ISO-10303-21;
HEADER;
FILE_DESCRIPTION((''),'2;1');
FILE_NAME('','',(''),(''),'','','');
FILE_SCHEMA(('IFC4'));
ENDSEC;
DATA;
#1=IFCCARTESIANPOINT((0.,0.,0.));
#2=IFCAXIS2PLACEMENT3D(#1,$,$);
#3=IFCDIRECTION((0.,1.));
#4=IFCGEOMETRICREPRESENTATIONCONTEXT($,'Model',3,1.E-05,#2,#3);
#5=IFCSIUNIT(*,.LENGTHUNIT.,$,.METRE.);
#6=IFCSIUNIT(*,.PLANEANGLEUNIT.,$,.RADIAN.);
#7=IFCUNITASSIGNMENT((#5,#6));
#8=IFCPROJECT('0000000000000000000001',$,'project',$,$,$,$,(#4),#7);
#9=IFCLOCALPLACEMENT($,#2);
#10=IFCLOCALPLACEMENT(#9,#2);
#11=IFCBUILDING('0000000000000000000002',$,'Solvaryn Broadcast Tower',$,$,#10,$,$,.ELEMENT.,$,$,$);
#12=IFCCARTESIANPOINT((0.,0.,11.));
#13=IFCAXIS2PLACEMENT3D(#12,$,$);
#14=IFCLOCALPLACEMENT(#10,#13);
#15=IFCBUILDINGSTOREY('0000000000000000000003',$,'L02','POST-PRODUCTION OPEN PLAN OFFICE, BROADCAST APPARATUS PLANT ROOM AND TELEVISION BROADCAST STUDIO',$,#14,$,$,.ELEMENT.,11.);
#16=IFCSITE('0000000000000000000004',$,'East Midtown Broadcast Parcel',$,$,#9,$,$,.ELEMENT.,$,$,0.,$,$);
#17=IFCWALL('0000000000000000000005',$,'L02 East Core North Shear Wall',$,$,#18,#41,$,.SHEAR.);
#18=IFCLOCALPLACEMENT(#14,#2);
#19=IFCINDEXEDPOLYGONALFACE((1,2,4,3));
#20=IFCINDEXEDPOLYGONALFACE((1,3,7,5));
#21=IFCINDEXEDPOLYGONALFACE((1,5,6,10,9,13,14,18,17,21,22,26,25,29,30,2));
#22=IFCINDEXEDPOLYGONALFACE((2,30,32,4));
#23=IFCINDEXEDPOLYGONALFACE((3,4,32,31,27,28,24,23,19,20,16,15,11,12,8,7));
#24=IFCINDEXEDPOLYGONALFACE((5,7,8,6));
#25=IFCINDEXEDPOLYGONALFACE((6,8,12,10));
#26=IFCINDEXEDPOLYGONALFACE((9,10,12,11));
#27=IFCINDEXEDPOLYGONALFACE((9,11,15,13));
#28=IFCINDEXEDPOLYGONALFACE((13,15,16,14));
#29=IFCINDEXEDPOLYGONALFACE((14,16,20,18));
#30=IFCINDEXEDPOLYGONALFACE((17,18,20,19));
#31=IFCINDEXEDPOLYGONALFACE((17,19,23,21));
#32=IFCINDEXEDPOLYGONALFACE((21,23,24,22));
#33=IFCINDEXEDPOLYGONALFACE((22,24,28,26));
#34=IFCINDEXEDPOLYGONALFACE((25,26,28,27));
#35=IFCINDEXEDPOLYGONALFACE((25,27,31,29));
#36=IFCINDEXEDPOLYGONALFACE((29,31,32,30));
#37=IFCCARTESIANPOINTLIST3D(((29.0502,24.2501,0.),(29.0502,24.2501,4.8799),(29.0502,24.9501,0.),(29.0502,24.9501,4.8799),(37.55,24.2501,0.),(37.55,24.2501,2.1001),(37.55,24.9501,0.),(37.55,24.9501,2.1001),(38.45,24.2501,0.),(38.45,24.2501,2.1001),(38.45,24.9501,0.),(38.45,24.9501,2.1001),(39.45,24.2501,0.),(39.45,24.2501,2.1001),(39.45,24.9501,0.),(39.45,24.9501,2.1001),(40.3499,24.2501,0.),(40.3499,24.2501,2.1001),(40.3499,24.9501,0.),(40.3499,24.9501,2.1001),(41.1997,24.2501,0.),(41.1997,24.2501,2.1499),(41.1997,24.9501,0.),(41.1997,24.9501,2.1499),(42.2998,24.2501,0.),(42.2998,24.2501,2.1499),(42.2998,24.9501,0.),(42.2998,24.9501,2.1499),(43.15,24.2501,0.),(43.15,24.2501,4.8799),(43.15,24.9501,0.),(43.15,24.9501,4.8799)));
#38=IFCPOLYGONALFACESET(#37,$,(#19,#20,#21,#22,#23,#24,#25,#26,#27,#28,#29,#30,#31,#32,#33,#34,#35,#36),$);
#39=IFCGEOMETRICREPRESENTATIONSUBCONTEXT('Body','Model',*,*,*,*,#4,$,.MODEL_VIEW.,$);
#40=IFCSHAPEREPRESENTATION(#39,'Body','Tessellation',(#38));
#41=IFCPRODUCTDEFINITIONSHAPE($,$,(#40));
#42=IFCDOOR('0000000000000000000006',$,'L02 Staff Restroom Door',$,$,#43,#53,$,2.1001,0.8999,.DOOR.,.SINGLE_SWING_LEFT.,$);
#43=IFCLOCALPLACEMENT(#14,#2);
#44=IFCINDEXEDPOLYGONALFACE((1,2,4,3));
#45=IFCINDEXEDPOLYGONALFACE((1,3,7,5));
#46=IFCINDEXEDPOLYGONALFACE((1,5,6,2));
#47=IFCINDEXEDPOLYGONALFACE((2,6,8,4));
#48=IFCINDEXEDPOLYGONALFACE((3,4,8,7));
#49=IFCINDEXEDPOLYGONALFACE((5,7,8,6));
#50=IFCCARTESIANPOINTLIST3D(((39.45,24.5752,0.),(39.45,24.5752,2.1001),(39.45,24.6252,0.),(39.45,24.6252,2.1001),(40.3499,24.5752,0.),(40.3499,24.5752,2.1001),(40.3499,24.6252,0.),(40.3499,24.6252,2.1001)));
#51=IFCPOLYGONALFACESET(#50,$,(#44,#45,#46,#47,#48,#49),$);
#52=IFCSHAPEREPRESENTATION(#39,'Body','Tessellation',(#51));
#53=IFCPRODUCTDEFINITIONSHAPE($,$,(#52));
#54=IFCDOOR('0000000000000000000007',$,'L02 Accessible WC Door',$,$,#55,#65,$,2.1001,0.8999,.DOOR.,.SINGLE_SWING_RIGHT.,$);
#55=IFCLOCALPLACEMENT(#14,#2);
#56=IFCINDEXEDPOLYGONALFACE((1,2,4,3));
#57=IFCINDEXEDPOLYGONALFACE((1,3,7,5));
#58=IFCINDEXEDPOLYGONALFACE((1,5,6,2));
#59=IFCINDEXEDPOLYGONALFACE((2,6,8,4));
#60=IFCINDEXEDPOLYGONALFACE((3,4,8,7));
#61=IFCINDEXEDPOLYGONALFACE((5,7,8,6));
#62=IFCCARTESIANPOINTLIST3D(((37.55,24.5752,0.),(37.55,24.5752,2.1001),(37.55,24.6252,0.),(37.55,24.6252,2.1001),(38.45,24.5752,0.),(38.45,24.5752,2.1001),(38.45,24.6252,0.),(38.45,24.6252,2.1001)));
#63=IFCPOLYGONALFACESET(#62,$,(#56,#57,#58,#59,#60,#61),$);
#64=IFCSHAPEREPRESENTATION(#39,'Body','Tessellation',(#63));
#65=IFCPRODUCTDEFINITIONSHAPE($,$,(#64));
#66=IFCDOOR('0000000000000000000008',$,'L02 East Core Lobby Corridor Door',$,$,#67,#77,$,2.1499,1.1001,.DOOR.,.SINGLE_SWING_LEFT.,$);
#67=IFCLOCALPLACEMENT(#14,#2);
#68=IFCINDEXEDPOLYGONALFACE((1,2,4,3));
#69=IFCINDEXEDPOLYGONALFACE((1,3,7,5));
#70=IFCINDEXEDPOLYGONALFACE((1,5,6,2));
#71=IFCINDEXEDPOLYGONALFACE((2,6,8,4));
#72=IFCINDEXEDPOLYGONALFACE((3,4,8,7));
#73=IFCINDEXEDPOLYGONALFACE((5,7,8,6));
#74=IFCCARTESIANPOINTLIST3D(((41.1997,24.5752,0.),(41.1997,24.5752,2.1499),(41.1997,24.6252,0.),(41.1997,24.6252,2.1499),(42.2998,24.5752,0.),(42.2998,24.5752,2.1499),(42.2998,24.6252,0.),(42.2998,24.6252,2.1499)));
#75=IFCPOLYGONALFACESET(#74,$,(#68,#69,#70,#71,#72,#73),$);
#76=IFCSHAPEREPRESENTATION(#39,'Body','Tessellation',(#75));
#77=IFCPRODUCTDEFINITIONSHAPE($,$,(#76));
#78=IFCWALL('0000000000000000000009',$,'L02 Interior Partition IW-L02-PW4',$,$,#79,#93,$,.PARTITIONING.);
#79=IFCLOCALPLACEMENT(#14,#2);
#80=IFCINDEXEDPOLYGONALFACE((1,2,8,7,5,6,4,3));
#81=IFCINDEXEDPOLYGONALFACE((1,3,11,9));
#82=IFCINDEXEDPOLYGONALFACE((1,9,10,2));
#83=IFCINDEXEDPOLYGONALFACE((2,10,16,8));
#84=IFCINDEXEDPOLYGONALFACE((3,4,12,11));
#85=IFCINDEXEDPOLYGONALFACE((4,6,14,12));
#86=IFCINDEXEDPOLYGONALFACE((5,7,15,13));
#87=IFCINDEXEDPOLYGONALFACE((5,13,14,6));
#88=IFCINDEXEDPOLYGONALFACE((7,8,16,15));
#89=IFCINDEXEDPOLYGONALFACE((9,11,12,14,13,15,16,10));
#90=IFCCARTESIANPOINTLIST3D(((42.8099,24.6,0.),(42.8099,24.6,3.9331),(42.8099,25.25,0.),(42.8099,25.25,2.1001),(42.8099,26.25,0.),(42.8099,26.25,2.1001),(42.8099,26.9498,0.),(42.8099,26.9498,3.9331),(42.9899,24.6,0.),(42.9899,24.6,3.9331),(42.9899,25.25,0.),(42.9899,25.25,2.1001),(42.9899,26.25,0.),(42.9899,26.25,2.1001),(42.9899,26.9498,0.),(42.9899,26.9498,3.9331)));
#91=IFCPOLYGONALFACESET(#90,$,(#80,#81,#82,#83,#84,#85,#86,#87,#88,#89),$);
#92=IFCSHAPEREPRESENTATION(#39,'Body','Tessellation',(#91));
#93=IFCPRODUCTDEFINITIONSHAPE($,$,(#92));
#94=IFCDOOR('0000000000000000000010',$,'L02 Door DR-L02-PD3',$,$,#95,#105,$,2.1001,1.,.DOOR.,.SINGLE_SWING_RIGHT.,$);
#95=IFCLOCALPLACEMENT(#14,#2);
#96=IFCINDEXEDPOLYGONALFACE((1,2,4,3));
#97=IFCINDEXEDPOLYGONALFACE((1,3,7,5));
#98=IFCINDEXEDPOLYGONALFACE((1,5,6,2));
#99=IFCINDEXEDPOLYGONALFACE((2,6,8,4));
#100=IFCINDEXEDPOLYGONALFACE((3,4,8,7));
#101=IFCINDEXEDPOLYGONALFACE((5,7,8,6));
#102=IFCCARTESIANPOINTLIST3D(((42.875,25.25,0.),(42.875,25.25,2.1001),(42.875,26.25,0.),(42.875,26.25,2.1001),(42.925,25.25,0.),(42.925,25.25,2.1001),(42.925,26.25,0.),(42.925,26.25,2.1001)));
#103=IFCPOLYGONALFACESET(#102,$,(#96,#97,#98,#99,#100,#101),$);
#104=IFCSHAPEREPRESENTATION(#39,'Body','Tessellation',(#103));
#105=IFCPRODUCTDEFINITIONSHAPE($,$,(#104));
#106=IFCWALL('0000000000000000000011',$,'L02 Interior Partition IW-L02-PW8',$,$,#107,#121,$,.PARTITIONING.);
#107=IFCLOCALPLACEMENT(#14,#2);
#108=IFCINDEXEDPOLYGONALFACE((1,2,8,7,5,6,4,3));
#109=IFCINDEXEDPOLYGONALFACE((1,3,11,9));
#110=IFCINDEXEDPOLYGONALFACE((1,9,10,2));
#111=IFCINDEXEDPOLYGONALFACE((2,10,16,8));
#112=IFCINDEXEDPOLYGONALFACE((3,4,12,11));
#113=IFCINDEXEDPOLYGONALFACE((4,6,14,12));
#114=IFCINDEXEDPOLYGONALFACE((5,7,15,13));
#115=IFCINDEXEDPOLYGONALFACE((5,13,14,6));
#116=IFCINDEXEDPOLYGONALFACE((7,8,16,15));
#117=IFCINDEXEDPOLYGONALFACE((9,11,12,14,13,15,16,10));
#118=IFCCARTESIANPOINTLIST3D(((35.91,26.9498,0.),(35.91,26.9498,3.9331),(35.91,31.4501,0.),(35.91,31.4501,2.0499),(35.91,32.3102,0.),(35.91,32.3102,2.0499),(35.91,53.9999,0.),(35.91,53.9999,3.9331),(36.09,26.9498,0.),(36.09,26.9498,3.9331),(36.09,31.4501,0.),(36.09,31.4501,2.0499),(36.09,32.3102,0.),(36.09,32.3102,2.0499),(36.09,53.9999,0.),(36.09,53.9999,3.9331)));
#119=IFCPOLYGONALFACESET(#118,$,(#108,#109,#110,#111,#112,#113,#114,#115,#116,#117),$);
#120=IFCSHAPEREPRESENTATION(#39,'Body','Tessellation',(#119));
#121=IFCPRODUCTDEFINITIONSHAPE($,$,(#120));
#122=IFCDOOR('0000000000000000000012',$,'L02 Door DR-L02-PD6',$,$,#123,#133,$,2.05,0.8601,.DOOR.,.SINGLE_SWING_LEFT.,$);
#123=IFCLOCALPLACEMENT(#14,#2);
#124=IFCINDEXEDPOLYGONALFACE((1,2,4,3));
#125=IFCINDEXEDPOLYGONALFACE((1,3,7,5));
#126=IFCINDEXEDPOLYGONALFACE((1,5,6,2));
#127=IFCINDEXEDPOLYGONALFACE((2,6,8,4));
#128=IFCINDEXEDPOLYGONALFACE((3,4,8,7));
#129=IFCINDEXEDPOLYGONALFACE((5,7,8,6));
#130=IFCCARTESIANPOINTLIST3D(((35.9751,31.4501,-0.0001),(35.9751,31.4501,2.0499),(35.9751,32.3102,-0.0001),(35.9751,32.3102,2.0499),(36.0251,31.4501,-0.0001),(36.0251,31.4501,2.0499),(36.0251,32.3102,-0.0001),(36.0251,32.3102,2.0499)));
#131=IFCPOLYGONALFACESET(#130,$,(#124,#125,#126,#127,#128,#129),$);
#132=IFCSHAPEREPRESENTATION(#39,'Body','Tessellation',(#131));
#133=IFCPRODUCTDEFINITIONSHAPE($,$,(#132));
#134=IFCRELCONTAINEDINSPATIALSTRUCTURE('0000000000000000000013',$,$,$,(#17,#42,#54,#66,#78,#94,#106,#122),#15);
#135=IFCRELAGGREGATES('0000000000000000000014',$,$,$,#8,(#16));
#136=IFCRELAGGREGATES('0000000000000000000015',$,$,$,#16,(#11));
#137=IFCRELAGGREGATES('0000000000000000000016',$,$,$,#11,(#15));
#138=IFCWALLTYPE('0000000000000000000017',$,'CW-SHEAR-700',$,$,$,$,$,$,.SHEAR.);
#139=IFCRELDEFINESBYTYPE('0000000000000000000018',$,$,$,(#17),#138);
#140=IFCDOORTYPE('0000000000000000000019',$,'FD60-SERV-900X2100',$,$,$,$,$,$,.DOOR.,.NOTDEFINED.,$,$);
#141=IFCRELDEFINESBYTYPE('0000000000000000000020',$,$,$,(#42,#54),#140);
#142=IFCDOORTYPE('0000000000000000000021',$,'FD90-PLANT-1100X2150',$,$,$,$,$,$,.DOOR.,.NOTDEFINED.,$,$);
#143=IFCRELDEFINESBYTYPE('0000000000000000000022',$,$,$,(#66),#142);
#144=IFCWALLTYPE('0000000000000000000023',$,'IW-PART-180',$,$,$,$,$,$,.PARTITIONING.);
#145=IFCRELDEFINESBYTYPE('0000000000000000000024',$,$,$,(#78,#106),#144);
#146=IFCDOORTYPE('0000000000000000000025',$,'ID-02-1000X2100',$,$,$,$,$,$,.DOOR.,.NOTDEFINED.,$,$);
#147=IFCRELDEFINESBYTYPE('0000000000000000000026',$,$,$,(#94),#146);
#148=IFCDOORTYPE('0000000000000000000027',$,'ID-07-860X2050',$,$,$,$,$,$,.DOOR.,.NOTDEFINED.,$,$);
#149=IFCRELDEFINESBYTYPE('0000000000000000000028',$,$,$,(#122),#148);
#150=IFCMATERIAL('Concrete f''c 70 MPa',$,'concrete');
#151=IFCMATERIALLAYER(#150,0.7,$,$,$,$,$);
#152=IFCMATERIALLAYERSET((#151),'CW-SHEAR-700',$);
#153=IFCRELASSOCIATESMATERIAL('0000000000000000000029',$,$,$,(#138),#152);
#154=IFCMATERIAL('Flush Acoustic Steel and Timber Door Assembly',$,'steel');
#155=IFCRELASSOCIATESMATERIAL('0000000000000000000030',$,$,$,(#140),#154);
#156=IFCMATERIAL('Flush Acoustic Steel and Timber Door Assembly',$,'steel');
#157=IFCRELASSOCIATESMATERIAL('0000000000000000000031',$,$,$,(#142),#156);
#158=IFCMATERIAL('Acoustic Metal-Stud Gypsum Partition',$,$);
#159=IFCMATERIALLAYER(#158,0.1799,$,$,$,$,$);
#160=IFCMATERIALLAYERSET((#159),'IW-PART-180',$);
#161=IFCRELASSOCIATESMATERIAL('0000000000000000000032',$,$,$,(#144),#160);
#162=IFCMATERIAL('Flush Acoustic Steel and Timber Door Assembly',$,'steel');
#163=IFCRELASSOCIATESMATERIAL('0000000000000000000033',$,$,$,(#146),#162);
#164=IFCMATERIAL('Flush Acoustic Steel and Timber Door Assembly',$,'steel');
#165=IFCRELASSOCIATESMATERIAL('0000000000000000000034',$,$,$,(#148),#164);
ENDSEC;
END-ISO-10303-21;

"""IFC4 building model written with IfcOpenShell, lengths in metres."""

from ifc_helpers import new_model, si_unit, direction, frame, frame_2d, origin, place, context, subcontext, project, spatial, rectangle, extrude, material, layer, layer_set, type_object, element, fill, save


model = new_model("IFC4")

# Units and contexts
model_context = context("Model", 3, precision=1e-05, world=origin(), true_north=direction((0.0, 1.0)))
body_context = subcontext(model_context, "Body", "Model", "MODEL_VIEW")
ifc_project = project(units=[si_unit("LENGTHUNIT", "METRE"), si_unit("PLANEANGLEUNIT", "RADIAN")], contexts=[model_context])

# Site, building, storey
site_placement = place(None, origin())
site = spatial("IfcSite", under=ifc_project, at=site_placement, Name="East Midtown Broadcast Parcel", CompositionType="ELEMENT", RefElevation=0.0)
building_placement = place(site_placement, origin())
building = spatial("IfcBuilding", under=site, at=building_placement, Name="Solvaryn Broadcast Tower", CompositionType="ELEMENT")
storey_placement = place(building_placement, frame((0.0, 0.0, 11.0)))
storey = spatial("IfcBuildingStorey", under=building, at=storey_placement, Name="L02", Description="POST-PRODUCTION OPEN PLAN OFFICE, BROADCAST APPARATUS PLANT ROOM AND TELEVISION BROADCAST STUDIO", CompositionType="ELEMENT", Elevation=11.0)

# Wall, openings, doors
ifc_material_1 = material(Name="Concrete f'c 70 MPa", Category="concrete")
ifc_layer_1 = layer(ifc_material_1, 0.7)
ifc_layer_set_1 = layer_set([ifc_layer_1], Name="CW-SHEAR-700")
wall_type_1 = type_object("IfcWallType", Name="CW-SHEAR-700", PredefinedType="SHEAR", material=ifc_layer_set_1)
wall_1_placement = place(storey_placement, frame((43.1499, 24.6001, 0.0), z_axis=(0.0, 0.0, 1.0), x_axis=(-1.0, 0.0, 0.0)))
wall_1 = element("IfcWall", 1, at=wall_1_placement, inside=storey, type_object=wall_type_1, Name="L02 East Core North Shear Wall", PredefinedType="SHEAR", context=body_context, shape_type="SweptSolid", body=[
    extrude(rectangle(XDim=14.0999, YDim=0.7, at=frame_2d((7.0498, 0.0))), origin(), (0.0, 0.0, 1.0), 4.8799),
])
opening_1_placement = place(wall_1_placement, frame((0.8501, 0.0, 0.0)))
opening_1 = element("IfcOpeningElement", 2, at=opening_1_placement, cuts=wall_1, PredefinedType="OPENING", context=body_context, shape_type="SweptSolid", body=[
    extrude(rectangle(XDim=1.1001, YDim=2.1499, at=frame_2d((0.55, 1.075))), frame((0.0, 0.3601, 0.0), z_axis=(0.0, -1.0, 0.0), x_axis=(1.0, 0.0, 0.0)), (0.0, 0.0, 1.0), 0.72),
])
opening_2_placement = place(wall_1_placement, frame((2.8, 0.0, 0.0)))
opening_2 = element("IfcOpeningElement", 3, at=opening_2_placement, cuts=wall_1, PredefinedType="OPENING", context=body_context, shape_type="SweptSolid", body=[
    extrude(rectangle(XDim=0.8999, YDim=2.1001, at=frame_2d((0.45, 1.05))), frame((0.0, 0.3601, 0.0), z_axis=(0.0, -1.0, 0.0), x_axis=(1.0, 0.0, 0.0)), (0.0, 0.0, 1.0), 0.72),
])
opening_3_placement = place(wall_1_placement, frame((4.7, 0.0, 0.0)))
opening_3 = element("IfcOpeningElement", 4, at=opening_3_placement, cuts=wall_1, PredefinedType="OPENING", context=body_context, shape_type="SweptSolid", body=[
    extrude(rectangle(XDim=0.8999, YDim=2.1001, at=frame_2d((0.45, 1.05))), frame((0.0, 0.3601, 0.0), z_axis=(0.0, -1.0, 0.0), x_axis=(1.0, 0.0, 0.0)), (0.0, 0.0, 1.0), 0.72),
])
ifc_material_2 = material(Name="Flush Acoustic Steel and Timber Door Assembly", Category="steel")
door_type_1 = type_object("IfcDoorType", Name="FD60-SERV-900X2100", OperationType="NOTDEFINED", PredefinedType="DOOR", material=ifc_material_2)
door_1_placement = place(opening_2_placement, origin())
door_1 = element("IfcDoor", 5, at=door_1_placement, inside=storey, type_object=door_type_1, Name="L02 Staff Restroom Door", OperationType="SINGLE_SWING_LEFT", OverallHeight=2.1001, OverallWidth=0.8999, PredefinedType="DOOR", context=body_context, shape_type="SweptSolid", body=[
    extrude(rectangle(XDim=0.8999, YDim=2.1001, at=frame_2d((0.45, 1.05))), frame((0.0, 0.0249, 0.0), z_axis=(0.0, -1.0, 0.0), x_axis=(1.0, 0.0, 0.0)), (0.0, 0.0, 1.0), 0.05),
])
fill(opening_2, door_1)
door_2_placement = place(opening_3_placement, origin())
door_2 = element("IfcDoor", 6, at=door_2_placement, inside=storey, type_object=door_type_1, Name="L02 Accessible WC Door", OperationType="SINGLE_SWING_RIGHT", OverallHeight=2.1001, OverallWidth=0.8999, PredefinedType="DOOR", context=body_context, shape_type="SweptSolid", body=[
    extrude(rectangle(XDim=0.8999, YDim=2.1001, at=frame_2d((0.45, 1.05))), frame((0.0, 0.0249, 0.0), z_axis=(0.0, -1.0, 0.0), x_axis=(1.0, 0.0, 0.0)), (0.0, 0.0, 1.0), 0.05),
])
fill(opening_3, door_2)
ifc_material_3 = material(Name="Flush Acoustic Steel and Timber Door Assembly", Category="steel")
door_type_2 = type_object("IfcDoorType", Name="FD90-PLANT-1100X2150", OperationType="NOTDEFINED", PredefinedType="DOOR", material=ifc_material_3)
door_3_placement = place(opening_1_placement, origin())
door_3 = element("IfcDoor", 7, at=door_3_placement, inside=storey, type_object=door_type_2, Name="L02 East Core Lobby Corridor Door", OperationType="SINGLE_SWING_LEFT", OverallHeight=2.1499, OverallWidth=1.1001, PredefinedType="DOOR", context=body_context, shape_type="SweptSolid", body=[
    extrude(rectangle(XDim=1.1001, YDim=2.1499, at=frame_2d((0.55, 1.075))), frame((0.0, 0.0249, 0.0), z_axis=(0.0, -1.0, 0.0), x_axis=(1.0, 0.0, 0.0)), (0.0, 0.0, 1.0), 0.05),
])
fill(opening_1, door_3)

# Walls, openings, doors
ifc_material_4 = material(Name="Acoustic Metal-Stud Gypsum Partition")
ifc_layer_2 = layer(ifc_material_4, 0.1799)
ifc_layer_set_2 = layer_set([ifc_layer_2], Name="IW-PART-180")
wall_type_2 = type_object("IfcWallType", Name="IW-PART-180", PredefinedType="PARTITIONING", material=ifc_layer_set_2)
wall_2_placement = place(storey_placement, frame((42.8999, 24.6001, 0.0), z_axis=(0.0, 0.0, 1.0), x_axis=(0.0, 1.0, 0.0)))
wall_2 = element("IfcWall", 8, at=wall_2_placement, inside=storey, type_object=wall_type_2, Name="L02 Interior Partition IW-L02-PW4", PredefinedType="PARTITIONING", context=body_context, shape_type="SweptSolid", body=[
    extrude(rectangle(XDim=2.3499, YDim=0.1799, at=frame_2d((1.1748, 0.0))), origin(), (0.0, 0.0, 1.0), 3.9331),
])
opening_4_placement = place(wall_2_placement, frame((0.6499, 0.0, 0.0)))
opening_4 = element("IfcOpeningElement", 9, at=opening_4_placement, cuts=wall_2, PredefinedType="OPENING", context=body_context, shape_type="SweptSolid", body=[
    extrude(rectangle(XDim=1.0, YDim=2.1001, at=frame_2d((0.5, 1.05))), frame((0.0, 0.0999, 0.0), z_axis=(0.0, -1.0, 0.0), x_axis=(1.0, 0.0, 0.0)), (0.0, 0.0, 1.0), 0.2),
])
ifc_material_5 = material(Name="Flush Acoustic Steel and Timber Door Assembly", Category="steel")
door_type_3 = type_object("IfcDoorType", Name="ID-02-1000X2100", OperationType="NOTDEFINED", PredefinedType="DOOR", material=ifc_material_5)
door_4_placement = place(opening_4_placement, origin())
door_4 = element("IfcDoor", 10, at=door_4_placement, inside=storey, type_object=door_type_3, Name="L02 Door DR-L02-PD3", OperationType="SINGLE_SWING_RIGHT", OverallHeight=2.1001, OverallWidth=1.0, PredefinedType="DOOR", context=body_context, shape_type="SweptSolid", body=[
    extrude(rectangle(XDim=1.0, YDim=2.1001, at=frame_2d((0.5, 1.05))), frame((0.0, 0.0249, 0.0), z_axis=(0.0, -1.0, 0.0), x_axis=(1.0, 0.0, 0.0)), (0.0, 0.0, 1.0), 0.05),
])
fill(opening_4, door_4)
wall_3_placement = place(storey_placement, frame((36.0, 26.95, 0.0), z_axis=(0.0, 0.0, 1.0), x_axis=(0.0, 1.0, 0.0)))
wall_3 = element("IfcWall", 11, at=wall_3_placement, inside=storey, type_object=wall_type_2, Name="L02 Interior Partition IW-L02-PW8", PredefinedType="PARTITIONING", context=body_context, shape_type="SweptSolid", body=[
    extrude(rectangle(XDim=27.05, YDim=0.1799, at=frame_2d((13.5249, 0.0))), origin(), (0.0, 0.0, 1.0), 3.9331),
])
opening_5_placement = place(wall_3_placement, frame((4.5, 0.0, 0.0)))
opening_5 = element("IfcOpeningElement", 12, at=opening_5_placement, cuts=wall_3, PredefinedType="OPENING", context=body_context, shape_type="SweptSolid", body=[
    extrude(rectangle(XDim=0.8601, YDim=2.05, at=frame_2d((0.4302, 1.0249))), frame((0.0, 0.0999, 0.0), z_axis=(0.0, -1.0, 0.0), x_axis=(1.0, 0.0, 0.0)), (0.0, 0.0, 1.0), 0.2),
])
ifc_material_6 = material(Name="Flush Acoustic Steel and Timber Door Assembly", Category="steel")
door_type_4 = type_object("IfcDoorType", Name="ID-07-860X2050", OperationType="NOTDEFINED", PredefinedType="DOOR", material=ifc_material_6)
door_5_placement = place(opening_5_placement, origin())
door_5 = element("IfcDoor", 13, at=door_5_placement, inside=storey, type_object=door_type_4, Name="L02 Door DR-L02-PD6", OperationType="SINGLE_SWING_LEFT", OverallHeight=2.05, OverallWidth=0.8601, PredefinedType="DOOR", context=body_context, shape_type="SweptSolid", body=[
    extrude(rectangle(XDim=0.8601, YDim=2.05, at=frame_2d((0.4302, 1.0249))), frame((0.0, 0.0249, 0.0), z_axis=(0.0, -1.0, 0.0), x_axis=(1.0, 0.0, 0.0)), (0.0, 0.0, 1.0), 0.05),
])
fill(opening_5, door_5)

save(model, "model.ifc")
